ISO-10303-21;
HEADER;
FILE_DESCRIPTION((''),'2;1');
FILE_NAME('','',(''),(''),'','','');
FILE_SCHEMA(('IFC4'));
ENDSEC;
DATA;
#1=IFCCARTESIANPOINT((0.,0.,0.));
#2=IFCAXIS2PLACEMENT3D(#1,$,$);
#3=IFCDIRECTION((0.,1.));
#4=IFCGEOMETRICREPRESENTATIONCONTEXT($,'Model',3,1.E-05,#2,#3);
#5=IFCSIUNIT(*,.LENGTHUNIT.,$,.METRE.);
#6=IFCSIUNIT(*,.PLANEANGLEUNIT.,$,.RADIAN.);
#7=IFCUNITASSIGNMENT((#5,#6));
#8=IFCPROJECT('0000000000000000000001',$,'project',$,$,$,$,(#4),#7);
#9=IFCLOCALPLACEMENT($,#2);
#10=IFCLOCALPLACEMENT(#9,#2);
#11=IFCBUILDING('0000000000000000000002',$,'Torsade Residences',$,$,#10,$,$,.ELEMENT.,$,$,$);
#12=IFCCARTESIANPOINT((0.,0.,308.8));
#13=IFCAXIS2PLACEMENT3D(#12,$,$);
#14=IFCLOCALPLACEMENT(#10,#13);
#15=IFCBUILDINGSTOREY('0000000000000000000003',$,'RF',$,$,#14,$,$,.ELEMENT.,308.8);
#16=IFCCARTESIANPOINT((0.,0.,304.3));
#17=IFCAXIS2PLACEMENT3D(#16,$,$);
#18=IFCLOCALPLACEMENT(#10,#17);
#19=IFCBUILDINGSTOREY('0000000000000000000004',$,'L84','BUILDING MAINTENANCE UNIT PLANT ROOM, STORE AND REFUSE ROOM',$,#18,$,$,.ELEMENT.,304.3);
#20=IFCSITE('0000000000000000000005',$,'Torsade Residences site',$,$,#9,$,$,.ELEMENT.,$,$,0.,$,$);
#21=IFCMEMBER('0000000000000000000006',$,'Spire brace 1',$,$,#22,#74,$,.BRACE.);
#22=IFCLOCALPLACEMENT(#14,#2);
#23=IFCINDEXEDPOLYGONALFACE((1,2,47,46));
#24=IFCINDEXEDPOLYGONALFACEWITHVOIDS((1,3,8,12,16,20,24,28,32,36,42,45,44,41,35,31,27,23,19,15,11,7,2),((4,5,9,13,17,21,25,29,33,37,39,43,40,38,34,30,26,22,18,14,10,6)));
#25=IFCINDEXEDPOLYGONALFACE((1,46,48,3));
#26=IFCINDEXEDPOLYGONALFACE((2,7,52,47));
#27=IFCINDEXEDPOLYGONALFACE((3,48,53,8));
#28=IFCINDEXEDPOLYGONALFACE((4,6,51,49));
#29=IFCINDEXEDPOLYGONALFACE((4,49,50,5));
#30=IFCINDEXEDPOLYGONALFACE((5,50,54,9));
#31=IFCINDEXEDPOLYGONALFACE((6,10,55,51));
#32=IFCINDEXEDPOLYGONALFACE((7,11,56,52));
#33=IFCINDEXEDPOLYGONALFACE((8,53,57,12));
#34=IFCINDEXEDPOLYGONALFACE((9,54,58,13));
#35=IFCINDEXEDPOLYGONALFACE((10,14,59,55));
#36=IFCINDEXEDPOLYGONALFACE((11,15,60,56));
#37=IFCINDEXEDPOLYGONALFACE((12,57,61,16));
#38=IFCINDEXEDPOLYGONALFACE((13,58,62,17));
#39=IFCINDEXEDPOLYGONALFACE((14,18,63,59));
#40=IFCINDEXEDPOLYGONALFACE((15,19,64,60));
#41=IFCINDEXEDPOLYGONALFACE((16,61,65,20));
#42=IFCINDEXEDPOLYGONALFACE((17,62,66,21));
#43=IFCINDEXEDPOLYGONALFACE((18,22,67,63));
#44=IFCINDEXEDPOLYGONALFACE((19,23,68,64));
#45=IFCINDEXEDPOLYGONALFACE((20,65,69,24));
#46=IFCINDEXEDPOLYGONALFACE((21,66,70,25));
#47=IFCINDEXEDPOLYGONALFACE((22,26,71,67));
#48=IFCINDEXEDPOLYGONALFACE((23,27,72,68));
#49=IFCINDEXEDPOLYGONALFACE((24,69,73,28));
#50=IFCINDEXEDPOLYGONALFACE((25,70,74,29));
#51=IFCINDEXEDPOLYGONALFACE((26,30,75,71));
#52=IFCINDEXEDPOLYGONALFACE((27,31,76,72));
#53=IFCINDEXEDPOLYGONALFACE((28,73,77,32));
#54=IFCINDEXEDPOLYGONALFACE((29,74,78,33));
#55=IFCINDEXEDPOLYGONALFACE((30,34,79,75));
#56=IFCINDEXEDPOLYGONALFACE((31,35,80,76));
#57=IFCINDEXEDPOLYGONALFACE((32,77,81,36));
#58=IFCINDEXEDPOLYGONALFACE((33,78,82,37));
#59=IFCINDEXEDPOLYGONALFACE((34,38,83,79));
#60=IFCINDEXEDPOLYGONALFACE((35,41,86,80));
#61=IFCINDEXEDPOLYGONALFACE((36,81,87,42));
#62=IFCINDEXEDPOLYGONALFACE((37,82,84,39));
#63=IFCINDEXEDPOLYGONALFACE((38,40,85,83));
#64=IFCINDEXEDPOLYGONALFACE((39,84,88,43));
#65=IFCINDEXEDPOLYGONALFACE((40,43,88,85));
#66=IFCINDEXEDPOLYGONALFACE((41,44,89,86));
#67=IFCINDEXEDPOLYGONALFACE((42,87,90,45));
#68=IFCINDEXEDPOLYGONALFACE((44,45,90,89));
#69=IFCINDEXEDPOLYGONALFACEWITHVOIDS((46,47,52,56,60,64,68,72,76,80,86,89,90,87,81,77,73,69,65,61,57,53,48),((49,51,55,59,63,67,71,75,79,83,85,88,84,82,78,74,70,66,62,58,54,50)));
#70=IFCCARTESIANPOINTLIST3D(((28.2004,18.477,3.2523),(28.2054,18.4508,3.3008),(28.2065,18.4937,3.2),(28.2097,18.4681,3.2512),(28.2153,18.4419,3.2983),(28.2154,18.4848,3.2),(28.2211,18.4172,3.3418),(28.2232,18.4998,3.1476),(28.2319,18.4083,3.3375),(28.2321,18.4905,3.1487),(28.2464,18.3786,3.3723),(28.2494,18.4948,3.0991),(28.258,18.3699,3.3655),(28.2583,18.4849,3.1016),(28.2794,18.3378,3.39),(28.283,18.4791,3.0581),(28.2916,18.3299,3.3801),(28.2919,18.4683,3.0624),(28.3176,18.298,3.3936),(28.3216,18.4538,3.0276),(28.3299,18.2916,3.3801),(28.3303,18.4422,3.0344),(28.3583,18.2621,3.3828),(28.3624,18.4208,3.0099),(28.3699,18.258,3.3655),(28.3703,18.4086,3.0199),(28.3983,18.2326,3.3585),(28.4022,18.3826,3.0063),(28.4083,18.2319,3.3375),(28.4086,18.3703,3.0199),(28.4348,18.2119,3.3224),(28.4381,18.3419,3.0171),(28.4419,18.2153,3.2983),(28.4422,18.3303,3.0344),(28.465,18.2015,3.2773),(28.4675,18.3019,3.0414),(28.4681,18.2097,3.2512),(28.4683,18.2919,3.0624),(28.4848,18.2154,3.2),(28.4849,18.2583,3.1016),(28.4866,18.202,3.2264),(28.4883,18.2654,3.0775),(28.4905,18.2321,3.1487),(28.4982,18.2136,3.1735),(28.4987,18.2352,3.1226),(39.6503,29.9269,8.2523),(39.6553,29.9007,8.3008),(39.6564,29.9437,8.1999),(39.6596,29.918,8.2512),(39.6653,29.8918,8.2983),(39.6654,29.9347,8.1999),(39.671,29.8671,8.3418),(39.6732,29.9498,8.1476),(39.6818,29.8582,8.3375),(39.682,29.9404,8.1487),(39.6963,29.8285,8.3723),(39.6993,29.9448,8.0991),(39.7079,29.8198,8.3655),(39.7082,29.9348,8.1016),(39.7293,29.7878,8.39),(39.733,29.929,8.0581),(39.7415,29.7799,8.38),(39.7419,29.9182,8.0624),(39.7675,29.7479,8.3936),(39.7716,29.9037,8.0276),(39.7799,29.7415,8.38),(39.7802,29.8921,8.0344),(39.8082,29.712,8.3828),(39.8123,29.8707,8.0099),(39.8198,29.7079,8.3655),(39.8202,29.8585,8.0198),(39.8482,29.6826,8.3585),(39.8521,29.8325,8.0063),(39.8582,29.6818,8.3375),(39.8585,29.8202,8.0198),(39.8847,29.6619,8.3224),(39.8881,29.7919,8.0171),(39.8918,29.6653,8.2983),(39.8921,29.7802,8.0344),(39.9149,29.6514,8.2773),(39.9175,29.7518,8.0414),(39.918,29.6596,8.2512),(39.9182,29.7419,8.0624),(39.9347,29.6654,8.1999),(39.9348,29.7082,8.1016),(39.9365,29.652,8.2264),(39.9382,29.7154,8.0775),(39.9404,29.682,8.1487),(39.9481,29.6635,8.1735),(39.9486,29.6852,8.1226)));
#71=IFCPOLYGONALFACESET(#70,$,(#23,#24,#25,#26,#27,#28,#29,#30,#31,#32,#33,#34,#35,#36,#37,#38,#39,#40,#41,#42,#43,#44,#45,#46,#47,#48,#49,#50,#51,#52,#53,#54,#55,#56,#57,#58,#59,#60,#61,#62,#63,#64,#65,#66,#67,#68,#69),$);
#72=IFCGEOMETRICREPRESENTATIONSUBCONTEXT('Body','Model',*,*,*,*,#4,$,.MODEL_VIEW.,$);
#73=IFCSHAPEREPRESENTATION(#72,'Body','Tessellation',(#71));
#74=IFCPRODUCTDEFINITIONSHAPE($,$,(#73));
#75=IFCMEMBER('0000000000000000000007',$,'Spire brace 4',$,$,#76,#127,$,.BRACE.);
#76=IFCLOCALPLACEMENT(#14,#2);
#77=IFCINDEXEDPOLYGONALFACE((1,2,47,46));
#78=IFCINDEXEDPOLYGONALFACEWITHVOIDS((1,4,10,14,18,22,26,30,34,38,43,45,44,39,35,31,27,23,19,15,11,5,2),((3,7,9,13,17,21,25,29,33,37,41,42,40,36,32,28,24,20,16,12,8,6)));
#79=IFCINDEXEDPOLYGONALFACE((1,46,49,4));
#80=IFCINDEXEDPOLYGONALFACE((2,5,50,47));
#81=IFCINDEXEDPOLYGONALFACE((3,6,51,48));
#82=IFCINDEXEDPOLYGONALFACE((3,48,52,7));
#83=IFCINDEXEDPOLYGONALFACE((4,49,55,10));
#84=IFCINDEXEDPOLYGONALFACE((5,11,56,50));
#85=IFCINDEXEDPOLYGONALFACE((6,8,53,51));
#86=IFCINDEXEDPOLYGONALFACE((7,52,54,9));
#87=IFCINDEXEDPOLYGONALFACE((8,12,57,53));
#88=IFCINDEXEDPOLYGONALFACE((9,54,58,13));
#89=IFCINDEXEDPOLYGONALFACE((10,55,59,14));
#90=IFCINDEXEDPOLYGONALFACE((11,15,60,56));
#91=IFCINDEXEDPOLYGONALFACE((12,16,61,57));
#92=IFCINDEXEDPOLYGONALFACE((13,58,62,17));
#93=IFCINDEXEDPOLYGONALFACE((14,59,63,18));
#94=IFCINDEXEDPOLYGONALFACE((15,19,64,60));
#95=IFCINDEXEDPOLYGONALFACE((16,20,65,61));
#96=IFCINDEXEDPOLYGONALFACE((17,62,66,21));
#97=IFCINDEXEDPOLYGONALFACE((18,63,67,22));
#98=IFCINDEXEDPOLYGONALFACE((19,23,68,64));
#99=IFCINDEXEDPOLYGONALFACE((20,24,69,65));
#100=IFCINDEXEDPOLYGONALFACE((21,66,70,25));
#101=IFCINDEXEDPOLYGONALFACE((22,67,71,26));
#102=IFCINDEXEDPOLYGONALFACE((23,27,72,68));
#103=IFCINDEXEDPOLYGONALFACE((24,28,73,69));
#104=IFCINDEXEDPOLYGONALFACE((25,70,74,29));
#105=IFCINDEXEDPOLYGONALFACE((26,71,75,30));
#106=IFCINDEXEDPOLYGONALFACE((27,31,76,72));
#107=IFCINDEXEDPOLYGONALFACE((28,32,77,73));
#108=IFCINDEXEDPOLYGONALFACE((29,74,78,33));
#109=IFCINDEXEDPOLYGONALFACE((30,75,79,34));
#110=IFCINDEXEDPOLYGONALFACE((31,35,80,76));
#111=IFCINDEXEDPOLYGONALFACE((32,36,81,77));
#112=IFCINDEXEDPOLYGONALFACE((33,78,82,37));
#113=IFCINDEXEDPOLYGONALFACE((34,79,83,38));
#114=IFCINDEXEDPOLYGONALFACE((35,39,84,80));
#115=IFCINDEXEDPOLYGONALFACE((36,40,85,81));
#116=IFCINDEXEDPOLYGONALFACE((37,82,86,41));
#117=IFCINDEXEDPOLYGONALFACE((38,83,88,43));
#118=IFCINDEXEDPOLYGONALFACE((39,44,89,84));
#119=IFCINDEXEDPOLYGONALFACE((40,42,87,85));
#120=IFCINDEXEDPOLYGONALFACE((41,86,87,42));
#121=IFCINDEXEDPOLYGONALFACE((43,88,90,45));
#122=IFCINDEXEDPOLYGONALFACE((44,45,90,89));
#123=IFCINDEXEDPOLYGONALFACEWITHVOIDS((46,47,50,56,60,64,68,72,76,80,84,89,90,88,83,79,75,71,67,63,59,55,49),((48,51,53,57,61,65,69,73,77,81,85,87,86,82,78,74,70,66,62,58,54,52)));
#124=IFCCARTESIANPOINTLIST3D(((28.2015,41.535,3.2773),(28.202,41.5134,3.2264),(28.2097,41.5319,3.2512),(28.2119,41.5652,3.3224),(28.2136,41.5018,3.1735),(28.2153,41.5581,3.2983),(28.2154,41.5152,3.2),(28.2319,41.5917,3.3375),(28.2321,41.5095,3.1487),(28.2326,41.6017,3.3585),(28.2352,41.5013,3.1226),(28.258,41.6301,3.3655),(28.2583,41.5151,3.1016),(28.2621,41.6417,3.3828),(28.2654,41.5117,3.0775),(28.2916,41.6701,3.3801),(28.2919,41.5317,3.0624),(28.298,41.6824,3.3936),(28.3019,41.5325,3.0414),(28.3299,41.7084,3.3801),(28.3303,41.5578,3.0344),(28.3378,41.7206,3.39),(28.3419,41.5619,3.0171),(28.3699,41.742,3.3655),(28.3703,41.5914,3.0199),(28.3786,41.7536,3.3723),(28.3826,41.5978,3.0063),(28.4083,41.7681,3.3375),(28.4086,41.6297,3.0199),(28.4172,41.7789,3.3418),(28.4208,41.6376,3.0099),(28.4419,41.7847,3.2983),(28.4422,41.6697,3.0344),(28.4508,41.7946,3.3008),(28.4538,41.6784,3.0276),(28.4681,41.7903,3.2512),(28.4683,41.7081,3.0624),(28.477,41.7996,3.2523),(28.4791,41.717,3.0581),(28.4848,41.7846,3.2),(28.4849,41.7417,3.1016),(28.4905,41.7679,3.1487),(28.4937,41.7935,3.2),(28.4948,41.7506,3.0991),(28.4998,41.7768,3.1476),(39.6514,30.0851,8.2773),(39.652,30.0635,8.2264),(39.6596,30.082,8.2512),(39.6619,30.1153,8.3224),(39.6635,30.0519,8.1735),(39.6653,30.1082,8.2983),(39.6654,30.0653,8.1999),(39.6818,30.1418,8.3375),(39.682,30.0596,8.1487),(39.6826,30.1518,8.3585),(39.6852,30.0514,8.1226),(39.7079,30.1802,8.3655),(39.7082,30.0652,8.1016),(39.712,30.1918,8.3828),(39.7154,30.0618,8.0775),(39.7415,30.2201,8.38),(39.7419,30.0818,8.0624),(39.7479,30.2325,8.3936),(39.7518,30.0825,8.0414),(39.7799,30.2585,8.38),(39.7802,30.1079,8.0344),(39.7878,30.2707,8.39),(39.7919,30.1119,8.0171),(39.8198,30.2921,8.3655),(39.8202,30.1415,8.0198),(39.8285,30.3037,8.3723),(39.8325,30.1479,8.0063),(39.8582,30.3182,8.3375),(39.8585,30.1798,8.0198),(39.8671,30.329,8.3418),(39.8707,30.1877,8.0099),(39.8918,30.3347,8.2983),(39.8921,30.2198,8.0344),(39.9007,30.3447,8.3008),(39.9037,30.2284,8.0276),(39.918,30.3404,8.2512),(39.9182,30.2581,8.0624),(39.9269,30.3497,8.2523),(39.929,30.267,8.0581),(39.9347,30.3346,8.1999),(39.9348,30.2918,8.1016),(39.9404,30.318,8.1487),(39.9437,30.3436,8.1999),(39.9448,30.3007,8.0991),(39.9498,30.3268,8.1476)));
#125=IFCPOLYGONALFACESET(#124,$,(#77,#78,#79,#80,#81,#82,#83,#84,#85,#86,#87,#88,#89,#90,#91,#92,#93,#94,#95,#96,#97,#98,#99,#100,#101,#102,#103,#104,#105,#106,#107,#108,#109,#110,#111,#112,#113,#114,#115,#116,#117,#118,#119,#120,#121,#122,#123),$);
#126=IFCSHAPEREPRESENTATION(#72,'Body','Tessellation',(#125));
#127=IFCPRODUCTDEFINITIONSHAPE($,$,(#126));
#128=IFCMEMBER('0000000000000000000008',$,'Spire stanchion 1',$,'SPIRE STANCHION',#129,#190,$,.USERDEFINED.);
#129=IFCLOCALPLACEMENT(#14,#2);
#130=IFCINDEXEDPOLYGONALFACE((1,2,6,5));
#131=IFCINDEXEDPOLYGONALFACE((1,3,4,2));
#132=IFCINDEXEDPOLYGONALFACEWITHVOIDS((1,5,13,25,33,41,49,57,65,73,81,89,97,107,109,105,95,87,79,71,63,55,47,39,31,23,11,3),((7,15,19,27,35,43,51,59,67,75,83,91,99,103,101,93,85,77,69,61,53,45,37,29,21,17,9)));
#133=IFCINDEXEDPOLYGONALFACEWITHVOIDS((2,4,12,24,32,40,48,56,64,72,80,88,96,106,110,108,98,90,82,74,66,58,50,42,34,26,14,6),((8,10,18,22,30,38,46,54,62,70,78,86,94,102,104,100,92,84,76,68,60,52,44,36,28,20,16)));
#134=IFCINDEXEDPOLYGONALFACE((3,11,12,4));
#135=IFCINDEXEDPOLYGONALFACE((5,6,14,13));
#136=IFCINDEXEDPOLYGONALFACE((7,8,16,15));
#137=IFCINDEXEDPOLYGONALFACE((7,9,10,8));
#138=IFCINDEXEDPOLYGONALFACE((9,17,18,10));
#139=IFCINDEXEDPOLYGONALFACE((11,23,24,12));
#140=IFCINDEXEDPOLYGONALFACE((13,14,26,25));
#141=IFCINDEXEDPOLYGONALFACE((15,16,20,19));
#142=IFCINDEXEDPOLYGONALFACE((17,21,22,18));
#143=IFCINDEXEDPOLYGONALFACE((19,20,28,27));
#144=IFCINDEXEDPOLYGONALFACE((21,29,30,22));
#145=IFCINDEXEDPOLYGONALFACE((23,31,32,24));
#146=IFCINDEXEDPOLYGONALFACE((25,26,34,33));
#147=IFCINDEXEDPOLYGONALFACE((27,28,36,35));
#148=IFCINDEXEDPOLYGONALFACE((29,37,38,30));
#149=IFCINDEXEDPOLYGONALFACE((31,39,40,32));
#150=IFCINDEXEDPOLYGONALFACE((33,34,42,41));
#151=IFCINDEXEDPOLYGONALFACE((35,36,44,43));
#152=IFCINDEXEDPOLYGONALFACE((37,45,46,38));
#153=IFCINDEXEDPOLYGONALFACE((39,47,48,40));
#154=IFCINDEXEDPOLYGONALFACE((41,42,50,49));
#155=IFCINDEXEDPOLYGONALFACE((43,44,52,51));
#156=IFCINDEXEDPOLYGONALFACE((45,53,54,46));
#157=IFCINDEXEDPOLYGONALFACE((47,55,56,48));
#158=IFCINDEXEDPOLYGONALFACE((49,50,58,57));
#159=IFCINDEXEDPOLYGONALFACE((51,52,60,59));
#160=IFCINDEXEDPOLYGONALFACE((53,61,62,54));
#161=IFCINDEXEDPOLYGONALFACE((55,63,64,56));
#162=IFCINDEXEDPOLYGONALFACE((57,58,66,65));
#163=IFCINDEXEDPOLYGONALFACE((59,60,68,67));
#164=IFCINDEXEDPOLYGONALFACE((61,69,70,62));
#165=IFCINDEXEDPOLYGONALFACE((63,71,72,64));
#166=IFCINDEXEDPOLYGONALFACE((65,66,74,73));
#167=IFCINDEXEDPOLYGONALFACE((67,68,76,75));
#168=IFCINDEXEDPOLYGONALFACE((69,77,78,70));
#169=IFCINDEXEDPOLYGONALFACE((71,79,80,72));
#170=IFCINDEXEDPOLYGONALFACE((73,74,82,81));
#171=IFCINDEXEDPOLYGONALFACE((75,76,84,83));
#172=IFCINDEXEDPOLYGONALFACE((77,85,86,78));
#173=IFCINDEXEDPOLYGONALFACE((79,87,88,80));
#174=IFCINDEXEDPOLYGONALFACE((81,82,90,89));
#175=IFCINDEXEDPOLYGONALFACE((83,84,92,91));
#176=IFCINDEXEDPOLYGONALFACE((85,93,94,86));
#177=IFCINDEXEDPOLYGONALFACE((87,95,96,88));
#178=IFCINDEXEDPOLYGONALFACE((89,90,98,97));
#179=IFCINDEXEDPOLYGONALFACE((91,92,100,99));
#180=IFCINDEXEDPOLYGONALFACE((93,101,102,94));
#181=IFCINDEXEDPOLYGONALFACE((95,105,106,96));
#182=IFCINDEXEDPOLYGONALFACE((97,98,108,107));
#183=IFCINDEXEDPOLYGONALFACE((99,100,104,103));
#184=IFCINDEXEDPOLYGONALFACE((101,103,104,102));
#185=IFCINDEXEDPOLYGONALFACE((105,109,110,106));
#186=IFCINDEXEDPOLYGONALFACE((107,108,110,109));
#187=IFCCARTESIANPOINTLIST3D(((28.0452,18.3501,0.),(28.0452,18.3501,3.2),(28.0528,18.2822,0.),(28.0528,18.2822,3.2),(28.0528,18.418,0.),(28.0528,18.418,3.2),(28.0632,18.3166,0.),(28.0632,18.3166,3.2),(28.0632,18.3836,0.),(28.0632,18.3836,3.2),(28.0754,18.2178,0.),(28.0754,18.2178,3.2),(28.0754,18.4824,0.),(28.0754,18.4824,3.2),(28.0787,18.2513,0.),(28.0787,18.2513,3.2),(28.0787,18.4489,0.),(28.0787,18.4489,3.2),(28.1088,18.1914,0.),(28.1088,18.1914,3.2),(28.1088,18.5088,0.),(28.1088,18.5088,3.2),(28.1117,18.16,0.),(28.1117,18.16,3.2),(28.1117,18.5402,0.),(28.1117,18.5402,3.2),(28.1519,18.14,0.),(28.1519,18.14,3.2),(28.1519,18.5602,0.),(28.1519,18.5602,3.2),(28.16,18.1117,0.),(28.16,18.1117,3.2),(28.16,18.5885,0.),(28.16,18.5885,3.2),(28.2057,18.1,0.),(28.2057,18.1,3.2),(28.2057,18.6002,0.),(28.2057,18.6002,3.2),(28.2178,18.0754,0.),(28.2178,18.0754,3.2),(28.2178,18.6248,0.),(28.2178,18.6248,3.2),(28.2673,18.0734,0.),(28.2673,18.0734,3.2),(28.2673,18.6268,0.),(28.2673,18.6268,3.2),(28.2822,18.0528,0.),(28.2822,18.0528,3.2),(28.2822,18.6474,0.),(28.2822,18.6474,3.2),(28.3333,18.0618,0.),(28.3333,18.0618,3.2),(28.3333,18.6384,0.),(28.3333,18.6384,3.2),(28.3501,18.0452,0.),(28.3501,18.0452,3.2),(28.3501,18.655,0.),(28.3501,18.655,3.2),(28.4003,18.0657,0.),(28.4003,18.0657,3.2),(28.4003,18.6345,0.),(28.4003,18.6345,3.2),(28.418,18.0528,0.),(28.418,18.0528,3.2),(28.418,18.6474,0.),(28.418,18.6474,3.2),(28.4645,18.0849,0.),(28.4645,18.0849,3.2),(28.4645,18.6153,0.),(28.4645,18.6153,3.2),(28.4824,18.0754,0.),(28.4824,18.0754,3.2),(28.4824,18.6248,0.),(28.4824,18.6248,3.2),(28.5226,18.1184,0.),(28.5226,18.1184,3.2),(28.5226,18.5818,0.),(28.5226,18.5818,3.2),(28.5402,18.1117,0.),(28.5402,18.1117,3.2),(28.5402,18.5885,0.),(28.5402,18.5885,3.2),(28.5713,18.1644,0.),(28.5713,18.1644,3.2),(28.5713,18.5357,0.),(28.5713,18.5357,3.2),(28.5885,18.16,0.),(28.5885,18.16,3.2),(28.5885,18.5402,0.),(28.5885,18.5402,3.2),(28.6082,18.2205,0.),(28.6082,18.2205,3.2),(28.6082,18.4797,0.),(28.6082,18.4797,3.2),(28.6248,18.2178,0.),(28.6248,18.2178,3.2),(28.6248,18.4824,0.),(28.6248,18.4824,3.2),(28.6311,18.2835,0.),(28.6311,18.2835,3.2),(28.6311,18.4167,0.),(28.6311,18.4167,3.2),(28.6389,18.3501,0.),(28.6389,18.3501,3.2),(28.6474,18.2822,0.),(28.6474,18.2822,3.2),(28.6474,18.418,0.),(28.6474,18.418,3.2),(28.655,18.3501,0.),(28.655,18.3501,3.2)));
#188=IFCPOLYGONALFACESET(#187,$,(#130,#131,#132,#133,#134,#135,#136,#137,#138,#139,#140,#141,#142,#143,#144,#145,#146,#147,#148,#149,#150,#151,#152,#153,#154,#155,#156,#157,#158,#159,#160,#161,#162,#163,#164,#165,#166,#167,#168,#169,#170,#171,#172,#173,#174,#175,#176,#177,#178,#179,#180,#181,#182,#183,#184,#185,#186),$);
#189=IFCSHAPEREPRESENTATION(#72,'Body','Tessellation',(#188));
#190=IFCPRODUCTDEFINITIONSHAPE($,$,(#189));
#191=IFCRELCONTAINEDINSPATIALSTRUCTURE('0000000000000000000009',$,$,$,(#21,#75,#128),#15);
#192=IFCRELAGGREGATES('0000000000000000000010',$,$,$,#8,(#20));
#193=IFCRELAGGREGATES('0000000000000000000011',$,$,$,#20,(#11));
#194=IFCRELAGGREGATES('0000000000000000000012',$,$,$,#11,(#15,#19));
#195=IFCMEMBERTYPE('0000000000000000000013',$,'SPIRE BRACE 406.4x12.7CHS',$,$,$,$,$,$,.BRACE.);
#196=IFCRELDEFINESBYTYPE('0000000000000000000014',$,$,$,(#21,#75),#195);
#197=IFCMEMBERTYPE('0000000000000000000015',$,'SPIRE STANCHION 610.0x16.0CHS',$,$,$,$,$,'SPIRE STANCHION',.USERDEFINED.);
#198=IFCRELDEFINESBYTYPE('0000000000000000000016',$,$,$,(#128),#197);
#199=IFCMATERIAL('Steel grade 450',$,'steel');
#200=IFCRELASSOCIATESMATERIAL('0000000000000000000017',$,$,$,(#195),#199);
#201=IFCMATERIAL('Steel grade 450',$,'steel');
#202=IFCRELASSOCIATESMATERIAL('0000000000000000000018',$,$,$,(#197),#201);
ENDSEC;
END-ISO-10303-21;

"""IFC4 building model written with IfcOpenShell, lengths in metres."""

from ifc_helpers import new_model, si_unit, direction, frame, origin, origin_2d, place, context, subcontext, project, spatial, hollow_circle, extrude, material, material_profile, profile_set, type_object, element, save


model = new_model("IFC4")

# Units and contexts
model_context = context("Model", 3, precision=1e-05, world=origin(), true_north=direction((0.0, 1.0)))
body_context = subcontext(model_context, "Body", "Model", "MODEL_VIEW")
ifc_project = project(units=[si_unit("LENGTHUNIT", "METRE"), si_unit("PLANEANGLEUNIT", "RADIAN")], contexts=[model_context])

# Site, building, storey
site_placement = place(None, origin())
site = spatial("IfcSite", under=ifc_project, at=site_placement, Name="Torsade Residences site", CompositionType="ELEMENT", RefElevation=0.0)
building_placement = place(site_placement, origin())
building = spatial("IfcBuilding", under=site, at=building_placement, Name="Torsade Residences", CompositionType="ELEMENT")
storey_1_placement = place(building_placement, frame((0.0, 0.0, 308.8)))
storey_1 = spatial("IfcBuildingStorey", under=building, at=storey_1_placement, Name="RF", CompositionType="ELEMENT", Elevation=308.8)

# Members
ifc_material_1 = material(Name="Steel grade 450", Category="steel")
ifc_material_profile_1 = material_profile(ifc_material_1, hollow_circle(Radius=0.2031, WallThickness=0.0127, at=origin_2d()), Name="406.4x12.7CHS")
ifc_profile_set_1 = profile_set([ifc_material_profile_1], Name="Steel grade 450")
member_type_1 = type_object("IfcMemberType", Name="SPIRE BRACE 406.4x12.7CHS", PredefinedType="BRACE", material=ifc_profile_set_1)
for number, where, z_axis, x_axis, name in (
    (1, (28.3501, 18.3501, 3.2), (0.675631, 0.675631, 0.295036), (-0.707107, 0.707107, 0.0), "Spire brace 1"),
    (2, (28.3501, 41.6499, 3.2), (0.675631, -0.675631, 0.295036), (0.707107, 0.707107, 0.0), "Spire brace 4"),
):
    element("IfcMember", number, at=place(storey_1_placement, frame(where, z_axis=z_axis, x_axis=x_axis)), inside=storey_1, type_object=member_type_1, Name=name, PredefinedType="BRACE", context=body_context, shape_type="SweptSolid", body=[
        extrude(hollow_circle(Radius=0.2031, WallThickness=0.0127, at=origin_2d()), origin(), (0.0, 0.0, 1.0), 16.947),
    ])
ifc_material_2 = material(Name="Steel grade 450", Category="steel")
ifc_material_profile_2 = material_profile(ifc_material_2, hollow_circle(Radius=0.3049, WallThickness=0.0161, at=origin_2d()), Name="610.0x16.0CHS")
ifc_profile_set_2 = profile_set([ifc_material_profile_2], Name="Steel grade 450")
member_type_2 = type_object("IfcMemberType", Name="SPIRE STANCHION 610.0x16.0CHS", ElementType="SPIRE STANCHION", PredefinedType="USERDEFINED", material=ifc_profile_set_2)
for number, where, z_axis, x_axis, name in (
    (3, (28.3501, 18.3501, 0.0), (0.0, 0.0, 1.0), (1.0, 0.0, 0.0), "Spire stanchion 1"),
):
    element("IfcMember", number, at=place(storey_1_placement, frame(where, z_axis=z_axis, x_axis=x_axis)), inside=storey_1, type_object=member_type_2, Name=name, ObjectType="SPIRE STANCHION", PredefinedType="USERDEFINED", context=body_context, shape_type="SweptSolid", body=[
        extrude(hollow_circle(Radius=0.3049, WallThickness=0.0161, at=origin_2d()), origin(), (0.0, 0.0, 1.0), 3.2),
    ])

# Shared definitions
storey_2_placement = place(building_placement, frame((0.0, 0.0, 304.3)))
storey_2 = spatial("IfcBuildingStorey", under=building, at=storey_2_placement, Name="L84", Description="BUILDING MAINTENANCE UNIT PLANT ROOM, STORE AND REFUSE ROOM", CompositionType="ELEMENT", Elevation=304.3)

save(model, "model.ifc")
